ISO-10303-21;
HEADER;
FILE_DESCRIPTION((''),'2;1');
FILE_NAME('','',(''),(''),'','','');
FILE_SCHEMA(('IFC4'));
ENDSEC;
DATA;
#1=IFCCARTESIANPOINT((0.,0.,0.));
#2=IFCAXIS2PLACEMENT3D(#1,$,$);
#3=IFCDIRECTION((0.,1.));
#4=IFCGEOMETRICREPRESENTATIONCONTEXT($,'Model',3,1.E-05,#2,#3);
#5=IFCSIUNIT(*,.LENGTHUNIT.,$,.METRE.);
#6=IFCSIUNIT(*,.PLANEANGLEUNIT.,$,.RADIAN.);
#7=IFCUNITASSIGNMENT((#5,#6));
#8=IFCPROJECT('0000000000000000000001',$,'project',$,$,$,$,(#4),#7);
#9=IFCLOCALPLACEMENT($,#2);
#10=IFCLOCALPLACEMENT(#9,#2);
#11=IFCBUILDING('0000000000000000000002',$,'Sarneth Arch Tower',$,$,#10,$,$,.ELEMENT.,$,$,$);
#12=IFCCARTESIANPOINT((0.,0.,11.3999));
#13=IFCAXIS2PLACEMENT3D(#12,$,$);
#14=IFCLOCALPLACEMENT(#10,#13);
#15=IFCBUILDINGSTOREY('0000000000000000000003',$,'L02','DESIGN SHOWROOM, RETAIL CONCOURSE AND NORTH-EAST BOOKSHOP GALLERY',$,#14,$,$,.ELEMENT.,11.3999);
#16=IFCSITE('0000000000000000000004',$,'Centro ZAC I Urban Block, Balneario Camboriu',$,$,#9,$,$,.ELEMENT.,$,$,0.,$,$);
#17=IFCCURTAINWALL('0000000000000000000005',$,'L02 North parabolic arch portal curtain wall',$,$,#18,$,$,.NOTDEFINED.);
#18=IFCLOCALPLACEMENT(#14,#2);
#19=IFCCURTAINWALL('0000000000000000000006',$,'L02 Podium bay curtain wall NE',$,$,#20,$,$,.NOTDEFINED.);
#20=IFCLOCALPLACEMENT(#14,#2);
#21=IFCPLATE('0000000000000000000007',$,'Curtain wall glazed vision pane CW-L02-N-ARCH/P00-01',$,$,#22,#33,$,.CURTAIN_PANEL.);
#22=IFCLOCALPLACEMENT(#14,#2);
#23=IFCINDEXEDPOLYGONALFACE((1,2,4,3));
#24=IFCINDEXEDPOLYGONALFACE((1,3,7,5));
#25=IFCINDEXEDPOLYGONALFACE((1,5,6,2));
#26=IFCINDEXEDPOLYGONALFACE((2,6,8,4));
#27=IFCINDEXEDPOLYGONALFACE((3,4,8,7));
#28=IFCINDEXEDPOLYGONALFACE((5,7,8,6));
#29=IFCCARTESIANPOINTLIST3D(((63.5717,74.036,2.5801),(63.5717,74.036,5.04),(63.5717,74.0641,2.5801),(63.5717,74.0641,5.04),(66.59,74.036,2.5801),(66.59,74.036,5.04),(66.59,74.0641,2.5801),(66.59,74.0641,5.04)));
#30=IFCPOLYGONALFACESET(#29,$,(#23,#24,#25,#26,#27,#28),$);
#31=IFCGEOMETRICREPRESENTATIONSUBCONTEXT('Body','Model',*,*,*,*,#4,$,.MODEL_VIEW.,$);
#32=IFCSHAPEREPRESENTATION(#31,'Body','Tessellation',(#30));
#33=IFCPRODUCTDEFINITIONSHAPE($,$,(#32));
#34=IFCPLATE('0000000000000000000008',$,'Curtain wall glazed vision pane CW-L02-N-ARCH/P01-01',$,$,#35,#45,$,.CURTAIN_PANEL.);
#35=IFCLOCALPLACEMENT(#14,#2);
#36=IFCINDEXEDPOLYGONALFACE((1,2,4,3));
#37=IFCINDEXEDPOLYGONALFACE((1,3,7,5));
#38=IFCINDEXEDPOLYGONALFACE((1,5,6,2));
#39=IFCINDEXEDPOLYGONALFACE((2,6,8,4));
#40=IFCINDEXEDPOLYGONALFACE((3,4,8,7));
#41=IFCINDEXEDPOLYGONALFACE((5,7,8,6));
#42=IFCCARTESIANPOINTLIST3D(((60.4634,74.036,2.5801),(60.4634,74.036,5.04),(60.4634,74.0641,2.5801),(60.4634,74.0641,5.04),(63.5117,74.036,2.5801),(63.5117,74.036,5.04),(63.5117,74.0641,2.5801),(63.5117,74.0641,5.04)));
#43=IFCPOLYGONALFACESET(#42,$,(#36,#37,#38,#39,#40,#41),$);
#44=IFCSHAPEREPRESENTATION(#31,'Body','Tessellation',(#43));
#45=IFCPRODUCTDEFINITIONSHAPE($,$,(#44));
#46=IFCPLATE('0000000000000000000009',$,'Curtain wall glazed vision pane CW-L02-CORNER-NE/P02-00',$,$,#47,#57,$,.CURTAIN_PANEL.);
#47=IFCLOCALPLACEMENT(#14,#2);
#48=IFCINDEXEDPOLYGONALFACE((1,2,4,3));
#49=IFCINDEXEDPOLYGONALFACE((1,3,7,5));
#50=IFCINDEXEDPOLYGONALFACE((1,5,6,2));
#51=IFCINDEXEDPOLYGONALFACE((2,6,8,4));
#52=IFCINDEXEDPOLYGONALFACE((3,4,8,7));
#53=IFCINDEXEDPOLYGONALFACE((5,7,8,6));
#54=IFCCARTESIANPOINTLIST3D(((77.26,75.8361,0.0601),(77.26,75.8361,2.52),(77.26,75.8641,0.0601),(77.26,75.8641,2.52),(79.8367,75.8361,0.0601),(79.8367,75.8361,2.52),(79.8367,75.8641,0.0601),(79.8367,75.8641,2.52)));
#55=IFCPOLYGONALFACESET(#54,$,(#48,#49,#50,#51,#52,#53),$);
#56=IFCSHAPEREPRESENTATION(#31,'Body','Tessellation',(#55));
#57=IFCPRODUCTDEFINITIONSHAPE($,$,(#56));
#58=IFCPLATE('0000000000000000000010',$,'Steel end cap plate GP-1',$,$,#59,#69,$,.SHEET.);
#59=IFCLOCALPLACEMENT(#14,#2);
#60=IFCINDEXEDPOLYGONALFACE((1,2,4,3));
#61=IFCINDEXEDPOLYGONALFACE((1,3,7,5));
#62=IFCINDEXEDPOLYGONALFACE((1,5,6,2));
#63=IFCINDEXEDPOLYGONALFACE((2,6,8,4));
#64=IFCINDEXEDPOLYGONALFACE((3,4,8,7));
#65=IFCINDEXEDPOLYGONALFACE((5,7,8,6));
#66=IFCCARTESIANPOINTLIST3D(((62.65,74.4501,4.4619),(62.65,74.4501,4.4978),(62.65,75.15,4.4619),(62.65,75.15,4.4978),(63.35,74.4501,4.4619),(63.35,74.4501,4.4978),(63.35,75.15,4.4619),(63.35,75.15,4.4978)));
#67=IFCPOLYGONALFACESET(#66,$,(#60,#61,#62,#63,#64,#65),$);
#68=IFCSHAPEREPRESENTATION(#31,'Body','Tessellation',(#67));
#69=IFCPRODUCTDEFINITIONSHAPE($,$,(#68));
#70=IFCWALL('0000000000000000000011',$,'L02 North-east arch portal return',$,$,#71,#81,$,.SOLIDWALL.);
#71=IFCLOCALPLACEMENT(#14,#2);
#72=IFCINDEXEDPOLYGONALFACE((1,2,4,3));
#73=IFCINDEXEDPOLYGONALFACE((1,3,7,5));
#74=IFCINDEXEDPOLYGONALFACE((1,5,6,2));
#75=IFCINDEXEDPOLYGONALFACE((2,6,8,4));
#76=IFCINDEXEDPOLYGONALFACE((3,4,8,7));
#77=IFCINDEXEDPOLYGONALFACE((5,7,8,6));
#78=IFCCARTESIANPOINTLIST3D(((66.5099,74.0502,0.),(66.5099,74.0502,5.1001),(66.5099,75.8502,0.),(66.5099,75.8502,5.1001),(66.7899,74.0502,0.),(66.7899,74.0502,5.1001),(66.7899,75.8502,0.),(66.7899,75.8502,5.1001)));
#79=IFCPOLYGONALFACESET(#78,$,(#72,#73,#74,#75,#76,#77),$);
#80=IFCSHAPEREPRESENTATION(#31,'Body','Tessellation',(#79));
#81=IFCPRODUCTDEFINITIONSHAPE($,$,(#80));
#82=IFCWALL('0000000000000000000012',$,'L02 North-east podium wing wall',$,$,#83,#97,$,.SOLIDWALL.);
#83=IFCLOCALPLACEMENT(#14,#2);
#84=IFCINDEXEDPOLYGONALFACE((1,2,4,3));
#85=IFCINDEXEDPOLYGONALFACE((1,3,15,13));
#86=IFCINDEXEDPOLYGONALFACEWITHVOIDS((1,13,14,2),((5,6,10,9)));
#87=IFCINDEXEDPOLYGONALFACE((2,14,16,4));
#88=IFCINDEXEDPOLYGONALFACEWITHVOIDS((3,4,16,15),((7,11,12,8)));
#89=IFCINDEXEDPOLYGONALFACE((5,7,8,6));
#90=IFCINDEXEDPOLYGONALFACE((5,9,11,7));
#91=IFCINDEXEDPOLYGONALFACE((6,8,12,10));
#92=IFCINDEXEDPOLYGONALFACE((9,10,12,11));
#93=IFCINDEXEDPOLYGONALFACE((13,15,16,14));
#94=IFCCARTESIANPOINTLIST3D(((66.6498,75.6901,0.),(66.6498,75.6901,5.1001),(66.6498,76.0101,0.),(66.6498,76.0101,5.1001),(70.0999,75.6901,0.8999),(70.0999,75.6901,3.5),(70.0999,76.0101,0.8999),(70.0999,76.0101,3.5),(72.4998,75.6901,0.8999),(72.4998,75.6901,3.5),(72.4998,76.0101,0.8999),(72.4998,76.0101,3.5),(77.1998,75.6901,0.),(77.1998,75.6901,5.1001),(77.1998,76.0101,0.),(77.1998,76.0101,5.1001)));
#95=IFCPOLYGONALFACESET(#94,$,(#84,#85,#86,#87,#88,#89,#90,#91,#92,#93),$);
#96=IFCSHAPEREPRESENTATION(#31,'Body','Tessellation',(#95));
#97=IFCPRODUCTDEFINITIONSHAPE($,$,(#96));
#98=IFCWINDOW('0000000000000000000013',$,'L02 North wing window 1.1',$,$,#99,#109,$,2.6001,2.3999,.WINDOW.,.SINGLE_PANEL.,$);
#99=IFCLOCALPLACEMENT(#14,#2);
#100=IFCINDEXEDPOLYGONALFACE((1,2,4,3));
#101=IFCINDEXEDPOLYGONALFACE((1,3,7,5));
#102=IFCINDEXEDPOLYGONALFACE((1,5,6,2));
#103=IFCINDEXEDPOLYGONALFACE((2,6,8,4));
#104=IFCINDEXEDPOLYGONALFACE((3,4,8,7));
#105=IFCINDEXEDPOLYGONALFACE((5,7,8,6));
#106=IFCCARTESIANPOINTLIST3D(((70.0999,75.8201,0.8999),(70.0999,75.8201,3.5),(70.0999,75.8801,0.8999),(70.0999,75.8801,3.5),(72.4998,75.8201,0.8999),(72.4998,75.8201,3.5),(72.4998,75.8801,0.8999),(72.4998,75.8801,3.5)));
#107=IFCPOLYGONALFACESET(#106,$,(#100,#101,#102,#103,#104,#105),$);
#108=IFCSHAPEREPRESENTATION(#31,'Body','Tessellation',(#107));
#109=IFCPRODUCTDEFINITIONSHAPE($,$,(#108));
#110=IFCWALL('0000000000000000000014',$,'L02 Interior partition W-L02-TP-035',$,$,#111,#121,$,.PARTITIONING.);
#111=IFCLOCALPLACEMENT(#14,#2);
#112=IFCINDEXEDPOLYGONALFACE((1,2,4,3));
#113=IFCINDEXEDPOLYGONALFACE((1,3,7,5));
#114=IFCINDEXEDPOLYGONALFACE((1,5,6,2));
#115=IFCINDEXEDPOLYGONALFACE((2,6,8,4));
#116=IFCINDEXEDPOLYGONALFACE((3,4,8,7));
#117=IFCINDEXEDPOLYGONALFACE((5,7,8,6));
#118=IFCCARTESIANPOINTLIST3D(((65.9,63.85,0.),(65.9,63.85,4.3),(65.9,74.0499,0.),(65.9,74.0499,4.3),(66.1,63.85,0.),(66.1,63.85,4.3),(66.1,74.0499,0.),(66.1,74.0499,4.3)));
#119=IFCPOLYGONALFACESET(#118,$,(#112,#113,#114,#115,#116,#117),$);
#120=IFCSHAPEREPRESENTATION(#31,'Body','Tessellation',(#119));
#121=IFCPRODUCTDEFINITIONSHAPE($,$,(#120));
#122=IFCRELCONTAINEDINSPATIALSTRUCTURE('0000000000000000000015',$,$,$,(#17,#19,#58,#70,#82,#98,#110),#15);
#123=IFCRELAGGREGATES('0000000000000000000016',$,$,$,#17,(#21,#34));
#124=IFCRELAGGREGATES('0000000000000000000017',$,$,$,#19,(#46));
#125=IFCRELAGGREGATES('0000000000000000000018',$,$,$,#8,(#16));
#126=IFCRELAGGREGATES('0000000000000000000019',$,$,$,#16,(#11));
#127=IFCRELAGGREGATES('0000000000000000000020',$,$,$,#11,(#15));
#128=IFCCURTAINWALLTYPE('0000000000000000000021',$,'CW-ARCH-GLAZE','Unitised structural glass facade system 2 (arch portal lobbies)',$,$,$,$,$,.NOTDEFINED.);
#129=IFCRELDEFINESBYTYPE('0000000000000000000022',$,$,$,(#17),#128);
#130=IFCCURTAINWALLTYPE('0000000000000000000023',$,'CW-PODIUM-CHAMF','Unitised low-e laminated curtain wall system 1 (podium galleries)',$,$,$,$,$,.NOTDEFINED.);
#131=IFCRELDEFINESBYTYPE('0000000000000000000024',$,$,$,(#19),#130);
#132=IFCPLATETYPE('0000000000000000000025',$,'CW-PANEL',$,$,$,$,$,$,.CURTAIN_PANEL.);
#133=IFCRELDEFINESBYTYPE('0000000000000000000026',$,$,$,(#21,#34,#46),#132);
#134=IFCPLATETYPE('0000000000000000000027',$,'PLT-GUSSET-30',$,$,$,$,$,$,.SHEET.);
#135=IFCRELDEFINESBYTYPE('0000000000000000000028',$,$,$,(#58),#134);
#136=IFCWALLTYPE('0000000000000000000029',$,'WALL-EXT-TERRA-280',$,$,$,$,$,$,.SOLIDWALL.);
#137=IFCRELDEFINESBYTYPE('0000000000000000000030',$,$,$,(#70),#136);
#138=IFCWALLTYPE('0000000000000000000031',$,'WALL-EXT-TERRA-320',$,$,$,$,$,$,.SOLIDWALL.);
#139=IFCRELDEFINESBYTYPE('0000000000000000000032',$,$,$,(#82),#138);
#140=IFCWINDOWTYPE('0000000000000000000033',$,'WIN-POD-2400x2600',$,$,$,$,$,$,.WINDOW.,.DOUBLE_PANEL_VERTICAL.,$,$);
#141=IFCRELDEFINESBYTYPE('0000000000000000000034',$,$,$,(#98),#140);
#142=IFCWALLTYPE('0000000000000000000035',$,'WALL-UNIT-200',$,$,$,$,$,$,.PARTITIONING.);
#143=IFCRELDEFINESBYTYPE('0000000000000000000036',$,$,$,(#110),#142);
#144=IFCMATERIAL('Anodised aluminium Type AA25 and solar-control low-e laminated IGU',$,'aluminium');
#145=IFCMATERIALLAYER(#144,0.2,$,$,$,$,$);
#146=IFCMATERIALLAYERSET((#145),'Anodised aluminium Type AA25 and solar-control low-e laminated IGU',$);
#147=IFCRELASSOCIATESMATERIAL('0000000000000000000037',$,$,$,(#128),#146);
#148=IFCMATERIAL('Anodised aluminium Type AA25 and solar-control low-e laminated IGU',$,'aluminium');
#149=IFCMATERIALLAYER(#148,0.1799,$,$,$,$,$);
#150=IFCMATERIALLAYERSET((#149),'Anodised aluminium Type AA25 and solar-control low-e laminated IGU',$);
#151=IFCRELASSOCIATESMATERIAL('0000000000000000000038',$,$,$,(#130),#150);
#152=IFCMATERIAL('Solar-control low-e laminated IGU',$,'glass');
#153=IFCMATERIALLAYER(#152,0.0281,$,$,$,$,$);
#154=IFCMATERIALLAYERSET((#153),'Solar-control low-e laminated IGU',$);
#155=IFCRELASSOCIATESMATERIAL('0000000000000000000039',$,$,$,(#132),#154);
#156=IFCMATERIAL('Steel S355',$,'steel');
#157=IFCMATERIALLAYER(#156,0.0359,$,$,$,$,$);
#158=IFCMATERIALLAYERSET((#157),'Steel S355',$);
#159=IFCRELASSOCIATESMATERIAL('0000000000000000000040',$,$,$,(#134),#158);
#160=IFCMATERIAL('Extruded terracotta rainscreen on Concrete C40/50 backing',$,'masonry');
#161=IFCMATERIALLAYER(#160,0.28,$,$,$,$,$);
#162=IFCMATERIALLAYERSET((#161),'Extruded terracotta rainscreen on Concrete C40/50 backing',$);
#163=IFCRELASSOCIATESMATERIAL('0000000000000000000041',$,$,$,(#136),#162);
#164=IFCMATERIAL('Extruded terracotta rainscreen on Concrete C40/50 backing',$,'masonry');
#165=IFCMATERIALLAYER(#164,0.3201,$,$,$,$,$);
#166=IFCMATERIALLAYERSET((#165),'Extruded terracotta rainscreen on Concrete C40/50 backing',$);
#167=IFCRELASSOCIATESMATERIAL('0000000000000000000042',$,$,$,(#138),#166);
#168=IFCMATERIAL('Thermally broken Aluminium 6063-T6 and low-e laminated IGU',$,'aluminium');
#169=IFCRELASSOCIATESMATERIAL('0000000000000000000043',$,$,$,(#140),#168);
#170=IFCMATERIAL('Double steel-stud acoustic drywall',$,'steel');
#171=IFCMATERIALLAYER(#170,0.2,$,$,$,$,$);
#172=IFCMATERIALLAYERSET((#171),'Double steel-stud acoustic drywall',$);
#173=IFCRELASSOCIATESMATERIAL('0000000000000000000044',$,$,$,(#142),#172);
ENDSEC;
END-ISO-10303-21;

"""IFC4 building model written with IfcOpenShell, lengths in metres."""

from ifc_helpers import new_model, si_unit, direction, frame, frame_2d, origin, origin_2d, place, context, subcontext, project, spatial, rectangle, extrude, material, layer, layer_set, type_object, element, fill, aggregate, save


model = new_model("IFC4")

# Units and contexts
model_context = context("Model", 3, precision=1e-05, world=origin(), true_north=direction((0.0, 1.0)))
body_context = subcontext(model_context, "Body", "Model", "MODEL_VIEW")
ifc_project = project(units=[si_unit("LENGTHUNIT", "METRE"), si_unit("PLANEANGLEUNIT", "RADIAN")], contexts=[model_context])

# Site, building, storey
site_placement = place(None, origin())
site = spatial("IfcSite", under=ifc_project, at=site_placement, Name="Centro ZAC I Urban Block, Balneario Camboriu", CompositionType="ELEMENT", RefElevation=0.0)
building_placement = place(site_placement, origin())
building = spatial("IfcBuilding", under=site, at=building_placement, Name="Sarneth Arch Tower", CompositionType="ELEMENT")
storey_placement = place(building_placement, frame((0.0, 0.0, 11.3999)))
storey = spatial("IfcBuildingStorey", under=building, at=storey_placement, Name="L02", Description="DESIGN SHOWROOM, RETAIL CONCOURSE AND NORTH-EAST BOOKSHOP GALLERY", CompositionType="ELEMENT", Elevation=11.3999)

# Curtain wall
ifc_material_1 = material(Name="Anodised aluminium Type AA25 and solar-control low-e laminated IGU", Category="aluminium")
ifc_layer_1 = layer(ifc_material_1, 0.2)
ifc_layer_set_1 = layer_set([ifc_layer_1], Name="Anodised aluminium Type AA25 and solar-control low-e laminated IGU")
curtain_wall_type_1 = type_object("IfcCurtainWallType", Name="CW-ARCH-GLAZE", Description="Unitised structural glass facade system 2 (arch portal lobbies)", PredefinedType="NOTDEFINED", material=ifc_layer_set_1)
curtain_wall_1_placement = place(storey_placement, origin())
curtain_wall_1 = element("IfcCurtainWall", 1, at=curtain_wall_1_placement, inside=storey, type_object=curtain_wall_type_1, Name="L02 North parabolic arch portal curtain wall", PredefinedType="NOTDEFINED")

# Curtain wall
ifc_material_2 = material(Name="Anodised aluminium Type AA25 and solar-control low-e laminated IGU", Category="aluminium")
ifc_layer_2 = layer(ifc_material_2, 0.1799)
ifc_layer_set_2 = layer_set([ifc_layer_2], Name="Anodised aluminium Type AA25 and solar-control low-e laminated IGU")
curtain_wall_type_2 = type_object("IfcCurtainWallType", Name="CW-PODIUM-CHAMF", Description="Unitised low-e laminated curtain wall system 1 (podium galleries)", PredefinedType="NOTDEFINED", material=ifc_layer_set_2)
curtain_wall_2_placement = place(storey_placement, origin())
curtain_wall_2 = element("IfcCurtainWall", 2, at=curtain_wall_2_placement, inside=storey, type_object=curtain_wall_type_2, Name="L02 Podium bay curtain wall NE", PredefinedType="NOTDEFINED")

# Plates
ifc_material_3 = material(Name="Solar-control low-e laminated IGU", Category="glass")
ifc_layer_3 = layer(ifc_material_3, 0.0281)
ifc_layer_set_3 = layer_set([ifc_layer_3], Name="Solar-control low-e laminated IGU")
plate_type_1 = type_object("IfcPlateType", Name="CW-PANEL", PredefinedType="CURTAIN_PANEL", material=ifc_layer_set_3)
plate_1_placement = place(storey_placement, frame((65.0808, 74.05, 2.5801), z_axis=(0.0, 0.0, 1.0), x_axis=(-1.0, 0.0, 0.0)))
plate_1 = element("IfcPlate", 3, at=plate_1_placement, type_object=plate_type_1, Name="Curtain wall glazed vision pane CW-L02-N-ARCH/P00-01", PredefinedType="CURTAIN_PANEL", context=body_context, shape_type="SweptSolid", body=[
    extrude(rectangle(XDim=3.0183, YDim=0.0281, at=origin_2d()), origin(), (0.0, 0.0, 1.0), 2.46),
])
plate_2_placement = place(storey_placement, frame((61.9875, 74.05, 2.5801), z_axis=(0.0, 0.0, 1.0), x_axis=(-1.0, 0.0, 0.0)))
plate_2 = element("IfcPlate", 4, at=plate_2_placement, type_object=plate_type_1, Name="Curtain wall glazed vision pane CW-L02-N-ARCH/P01-01", PredefinedType="CURTAIN_PANEL", context=body_context, shape_type="SweptSolid", body=[
    extrude(rectangle(XDim=3.0483, YDim=0.0281, at=origin_2d()), origin(), (0.0, 0.0, 1.0), 2.46),
])
aggregate(curtain_wall_1, [plate_1, plate_2])
plate_3_placement = place(storey_placement, frame((78.5483, 75.8501, 0.0601), z_axis=(0.0, 0.0, 1.0), x_axis=(-1.0, 0.0, 0.0)))
plate_3 = element("IfcPlate", 5, at=plate_3_placement, type_object=plate_type_1, Name="Curtain wall glazed vision pane CW-L02-CORNER-NE/P02-00", PredefinedType="CURTAIN_PANEL", context=body_context, shape_type="SweptSolid", body=[
    extrude(rectangle(XDim=2.5767, YDim=0.0281, at=origin_2d()), origin(), (0.0, 0.0, 1.0), 2.46),
])
aggregate(curtain_wall_2, [plate_3])
ifc_material_4 = material(Name="Steel S355", Category="steel")
ifc_layer_4 = layer(ifc_material_4, 0.0359)
ifc_layer_set_4 = layer_set([ifc_layer_4], Name="Steel S355")
plate_type_2 = type_object("IfcPlateType", Name="PLT-GUSSET-30", PredefinedType="SHEET", material=ifc_layer_set_4)
plate_4_placement = place(storey_placement, frame((63.0, 74.8, 4.4619), z_axis=(0.0, 0.0, 1.0), x_axis=(1.0, 0.0, 0.0)))
element("IfcPlate", 6, at=plate_4_placement, inside=storey, type_object=plate_type_2, Name="Steel end cap plate GP-1", PredefinedType="SHEET", context=body_context, shape_type="SweptSolid", body=[
    extrude(rectangle(XDim=0.7, YDim=0.7, at=origin_2d()), origin(), (0.0, 0.0, 1.0), 0.0359),
])

# Wall
ifc_material_5 = material(Name="Extruded terracotta rainscreen on Concrete C40/50 backing", Category="masonry")
ifc_layer_5 = layer(ifc_material_5, 0.28)
ifc_layer_set_5 = layer_set([ifc_layer_5], Name="Extruded terracotta rainscreen on Concrete C40/50 backing")
wall_type_1 = type_object("IfcWallType", Name="WALL-EXT-TERRA-280", PredefinedType="SOLIDWALL", material=ifc_layer_set_5)
wall_1_placement = place(storey_placement, frame((66.6499, 75.8501, 0.0), z_axis=(0.0, 0.0, 1.0), x_axis=(0.0, -1.0, 0.0)))
element("IfcWall", 7, at=wall_1_placement, inside=storey, type_object=wall_type_1, Name="L02 North-east arch portal return", PredefinedType="SOLIDWALL", context=body_context, shape_type="SweptSolid", body=[
    extrude(rectangle(XDim=1.8, YDim=0.28, at=frame_2d((0.8999, 0.0))), origin(), (0.0, 0.0, 1.0), 5.1001),
])

# Wall, opening, window
ifc_material_6 = material(Name="Extruded terracotta rainscreen on Concrete C40/50 backing", Category="masonry")
ifc_layer_6 = layer(ifc_material_6, 0.3201)
ifc_layer_set_6 = layer_set([ifc_layer_6], Name="Extruded terracotta rainscreen on Concrete C40/50 backing")
wall_type_2 = type_object("IfcWallType", Name="WALL-EXT-TERRA-320", PredefinedType="SOLIDWALL", material=ifc_layer_set_6)
wall_2_placement = place(storey_placement, frame((66.6499, 75.8501, 0.0), z_axis=(0.0, 0.0, 1.0), x_axis=(1.0, 0.0, 0.0)))
wall_2 = element("IfcWall", 8, at=wall_2_placement, inside=storey, type_object=wall_type_2, Name="L02 North-east podium wing wall", PredefinedType="SOLIDWALL", context=body_context, shape_type="SweptSolid", body=[
    extrude(rectangle(XDim=10.55, YDim=0.3201, at=frame_2d((5.2749, 0.0))), origin(), (0.0, 0.0, 1.0), 5.1001),
])
opening_placement = place(wall_2_placement, frame((3.45, 0.0, 0.8999)))
opening = element("IfcOpeningElement", 9, at=opening_placement, cuts=wall_2, PredefinedType="OPENING", context=body_context, shape_type="SweptSolid", body=[
    extrude(rectangle(XDim=2.3999, YDim=2.6001, at=frame_2d((1.2, 1.3))), frame((0.0, 0.1699, 0.0), z_axis=(0.0, -1.0, 0.0), x_axis=(1.0, 0.0, 0.0)), (0.0, 0.0, 1.0), 0.3401),
])
ifc_material_7 = material(Name="Thermally broken Aluminium 6063-T6 and low-e laminated IGU", Category="aluminium")
window_type = type_object("IfcWindowType", Name="WIN-POD-2400x2600", PartitioningType="DOUBLE_PANEL_VERTICAL", PredefinedType="WINDOW", material=ifc_material_7)
window_placement = place(opening_placement, origin())
window = element("IfcWindow", 10, at=window_placement, inside=storey, type_object=window_type, Name="L02 North wing window 1.1", OverallHeight=2.6001, OverallWidth=2.3999, PartitioningType="SINGLE_PANEL", PredefinedType="WINDOW", context=body_context, shape_type="SweptSolid", body=[
    extrude(rectangle(XDim=2.3999, YDim=2.6001, at=frame_2d((1.2, 1.3))), frame((0.0, 0.03, 0.0), z_axis=(0.0, -1.0, 0.0), x_axis=(1.0, 0.0, 0.0)), (0.0, 0.0, 1.0), 0.0601),
])
fill(opening, window)

# Wall
ifc_material_8 = material(Name="Double steel-stud acoustic drywall", Category="steel")
ifc_layer_7 = layer(ifc_material_8, 0.2)
ifc_layer_set_7 = layer_set([ifc_layer_7], Name="Double steel-stud acoustic drywall")
wall_type_3 = type_object("IfcWallType", Name="WALL-UNIT-200", PredefinedType="PARTITIONING", material=ifc_layer_set_7)
wall_3_placement = place(storey_placement, frame((66.0, 74.05, 0.0), z_axis=(0.0, 0.0, 1.0), x_axis=(0.0, -1.0, 0.0)))
element("IfcWall", 11, at=wall_3_placement, inside=storey, type_object=wall_type_3, Name="L02 Interior partition W-L02-TP-035", PredefinedType="PARTITIONING", context=body_context, shape_type="SweptSolid", body=[
    extrude(rectangle(XDim=10.2, YDim=0.2, at=frame_2d((5.1001, 0.0))), origin(), (0.0, 0.0, 1.0), 4.3),
])

save(model, "model.ifc")
